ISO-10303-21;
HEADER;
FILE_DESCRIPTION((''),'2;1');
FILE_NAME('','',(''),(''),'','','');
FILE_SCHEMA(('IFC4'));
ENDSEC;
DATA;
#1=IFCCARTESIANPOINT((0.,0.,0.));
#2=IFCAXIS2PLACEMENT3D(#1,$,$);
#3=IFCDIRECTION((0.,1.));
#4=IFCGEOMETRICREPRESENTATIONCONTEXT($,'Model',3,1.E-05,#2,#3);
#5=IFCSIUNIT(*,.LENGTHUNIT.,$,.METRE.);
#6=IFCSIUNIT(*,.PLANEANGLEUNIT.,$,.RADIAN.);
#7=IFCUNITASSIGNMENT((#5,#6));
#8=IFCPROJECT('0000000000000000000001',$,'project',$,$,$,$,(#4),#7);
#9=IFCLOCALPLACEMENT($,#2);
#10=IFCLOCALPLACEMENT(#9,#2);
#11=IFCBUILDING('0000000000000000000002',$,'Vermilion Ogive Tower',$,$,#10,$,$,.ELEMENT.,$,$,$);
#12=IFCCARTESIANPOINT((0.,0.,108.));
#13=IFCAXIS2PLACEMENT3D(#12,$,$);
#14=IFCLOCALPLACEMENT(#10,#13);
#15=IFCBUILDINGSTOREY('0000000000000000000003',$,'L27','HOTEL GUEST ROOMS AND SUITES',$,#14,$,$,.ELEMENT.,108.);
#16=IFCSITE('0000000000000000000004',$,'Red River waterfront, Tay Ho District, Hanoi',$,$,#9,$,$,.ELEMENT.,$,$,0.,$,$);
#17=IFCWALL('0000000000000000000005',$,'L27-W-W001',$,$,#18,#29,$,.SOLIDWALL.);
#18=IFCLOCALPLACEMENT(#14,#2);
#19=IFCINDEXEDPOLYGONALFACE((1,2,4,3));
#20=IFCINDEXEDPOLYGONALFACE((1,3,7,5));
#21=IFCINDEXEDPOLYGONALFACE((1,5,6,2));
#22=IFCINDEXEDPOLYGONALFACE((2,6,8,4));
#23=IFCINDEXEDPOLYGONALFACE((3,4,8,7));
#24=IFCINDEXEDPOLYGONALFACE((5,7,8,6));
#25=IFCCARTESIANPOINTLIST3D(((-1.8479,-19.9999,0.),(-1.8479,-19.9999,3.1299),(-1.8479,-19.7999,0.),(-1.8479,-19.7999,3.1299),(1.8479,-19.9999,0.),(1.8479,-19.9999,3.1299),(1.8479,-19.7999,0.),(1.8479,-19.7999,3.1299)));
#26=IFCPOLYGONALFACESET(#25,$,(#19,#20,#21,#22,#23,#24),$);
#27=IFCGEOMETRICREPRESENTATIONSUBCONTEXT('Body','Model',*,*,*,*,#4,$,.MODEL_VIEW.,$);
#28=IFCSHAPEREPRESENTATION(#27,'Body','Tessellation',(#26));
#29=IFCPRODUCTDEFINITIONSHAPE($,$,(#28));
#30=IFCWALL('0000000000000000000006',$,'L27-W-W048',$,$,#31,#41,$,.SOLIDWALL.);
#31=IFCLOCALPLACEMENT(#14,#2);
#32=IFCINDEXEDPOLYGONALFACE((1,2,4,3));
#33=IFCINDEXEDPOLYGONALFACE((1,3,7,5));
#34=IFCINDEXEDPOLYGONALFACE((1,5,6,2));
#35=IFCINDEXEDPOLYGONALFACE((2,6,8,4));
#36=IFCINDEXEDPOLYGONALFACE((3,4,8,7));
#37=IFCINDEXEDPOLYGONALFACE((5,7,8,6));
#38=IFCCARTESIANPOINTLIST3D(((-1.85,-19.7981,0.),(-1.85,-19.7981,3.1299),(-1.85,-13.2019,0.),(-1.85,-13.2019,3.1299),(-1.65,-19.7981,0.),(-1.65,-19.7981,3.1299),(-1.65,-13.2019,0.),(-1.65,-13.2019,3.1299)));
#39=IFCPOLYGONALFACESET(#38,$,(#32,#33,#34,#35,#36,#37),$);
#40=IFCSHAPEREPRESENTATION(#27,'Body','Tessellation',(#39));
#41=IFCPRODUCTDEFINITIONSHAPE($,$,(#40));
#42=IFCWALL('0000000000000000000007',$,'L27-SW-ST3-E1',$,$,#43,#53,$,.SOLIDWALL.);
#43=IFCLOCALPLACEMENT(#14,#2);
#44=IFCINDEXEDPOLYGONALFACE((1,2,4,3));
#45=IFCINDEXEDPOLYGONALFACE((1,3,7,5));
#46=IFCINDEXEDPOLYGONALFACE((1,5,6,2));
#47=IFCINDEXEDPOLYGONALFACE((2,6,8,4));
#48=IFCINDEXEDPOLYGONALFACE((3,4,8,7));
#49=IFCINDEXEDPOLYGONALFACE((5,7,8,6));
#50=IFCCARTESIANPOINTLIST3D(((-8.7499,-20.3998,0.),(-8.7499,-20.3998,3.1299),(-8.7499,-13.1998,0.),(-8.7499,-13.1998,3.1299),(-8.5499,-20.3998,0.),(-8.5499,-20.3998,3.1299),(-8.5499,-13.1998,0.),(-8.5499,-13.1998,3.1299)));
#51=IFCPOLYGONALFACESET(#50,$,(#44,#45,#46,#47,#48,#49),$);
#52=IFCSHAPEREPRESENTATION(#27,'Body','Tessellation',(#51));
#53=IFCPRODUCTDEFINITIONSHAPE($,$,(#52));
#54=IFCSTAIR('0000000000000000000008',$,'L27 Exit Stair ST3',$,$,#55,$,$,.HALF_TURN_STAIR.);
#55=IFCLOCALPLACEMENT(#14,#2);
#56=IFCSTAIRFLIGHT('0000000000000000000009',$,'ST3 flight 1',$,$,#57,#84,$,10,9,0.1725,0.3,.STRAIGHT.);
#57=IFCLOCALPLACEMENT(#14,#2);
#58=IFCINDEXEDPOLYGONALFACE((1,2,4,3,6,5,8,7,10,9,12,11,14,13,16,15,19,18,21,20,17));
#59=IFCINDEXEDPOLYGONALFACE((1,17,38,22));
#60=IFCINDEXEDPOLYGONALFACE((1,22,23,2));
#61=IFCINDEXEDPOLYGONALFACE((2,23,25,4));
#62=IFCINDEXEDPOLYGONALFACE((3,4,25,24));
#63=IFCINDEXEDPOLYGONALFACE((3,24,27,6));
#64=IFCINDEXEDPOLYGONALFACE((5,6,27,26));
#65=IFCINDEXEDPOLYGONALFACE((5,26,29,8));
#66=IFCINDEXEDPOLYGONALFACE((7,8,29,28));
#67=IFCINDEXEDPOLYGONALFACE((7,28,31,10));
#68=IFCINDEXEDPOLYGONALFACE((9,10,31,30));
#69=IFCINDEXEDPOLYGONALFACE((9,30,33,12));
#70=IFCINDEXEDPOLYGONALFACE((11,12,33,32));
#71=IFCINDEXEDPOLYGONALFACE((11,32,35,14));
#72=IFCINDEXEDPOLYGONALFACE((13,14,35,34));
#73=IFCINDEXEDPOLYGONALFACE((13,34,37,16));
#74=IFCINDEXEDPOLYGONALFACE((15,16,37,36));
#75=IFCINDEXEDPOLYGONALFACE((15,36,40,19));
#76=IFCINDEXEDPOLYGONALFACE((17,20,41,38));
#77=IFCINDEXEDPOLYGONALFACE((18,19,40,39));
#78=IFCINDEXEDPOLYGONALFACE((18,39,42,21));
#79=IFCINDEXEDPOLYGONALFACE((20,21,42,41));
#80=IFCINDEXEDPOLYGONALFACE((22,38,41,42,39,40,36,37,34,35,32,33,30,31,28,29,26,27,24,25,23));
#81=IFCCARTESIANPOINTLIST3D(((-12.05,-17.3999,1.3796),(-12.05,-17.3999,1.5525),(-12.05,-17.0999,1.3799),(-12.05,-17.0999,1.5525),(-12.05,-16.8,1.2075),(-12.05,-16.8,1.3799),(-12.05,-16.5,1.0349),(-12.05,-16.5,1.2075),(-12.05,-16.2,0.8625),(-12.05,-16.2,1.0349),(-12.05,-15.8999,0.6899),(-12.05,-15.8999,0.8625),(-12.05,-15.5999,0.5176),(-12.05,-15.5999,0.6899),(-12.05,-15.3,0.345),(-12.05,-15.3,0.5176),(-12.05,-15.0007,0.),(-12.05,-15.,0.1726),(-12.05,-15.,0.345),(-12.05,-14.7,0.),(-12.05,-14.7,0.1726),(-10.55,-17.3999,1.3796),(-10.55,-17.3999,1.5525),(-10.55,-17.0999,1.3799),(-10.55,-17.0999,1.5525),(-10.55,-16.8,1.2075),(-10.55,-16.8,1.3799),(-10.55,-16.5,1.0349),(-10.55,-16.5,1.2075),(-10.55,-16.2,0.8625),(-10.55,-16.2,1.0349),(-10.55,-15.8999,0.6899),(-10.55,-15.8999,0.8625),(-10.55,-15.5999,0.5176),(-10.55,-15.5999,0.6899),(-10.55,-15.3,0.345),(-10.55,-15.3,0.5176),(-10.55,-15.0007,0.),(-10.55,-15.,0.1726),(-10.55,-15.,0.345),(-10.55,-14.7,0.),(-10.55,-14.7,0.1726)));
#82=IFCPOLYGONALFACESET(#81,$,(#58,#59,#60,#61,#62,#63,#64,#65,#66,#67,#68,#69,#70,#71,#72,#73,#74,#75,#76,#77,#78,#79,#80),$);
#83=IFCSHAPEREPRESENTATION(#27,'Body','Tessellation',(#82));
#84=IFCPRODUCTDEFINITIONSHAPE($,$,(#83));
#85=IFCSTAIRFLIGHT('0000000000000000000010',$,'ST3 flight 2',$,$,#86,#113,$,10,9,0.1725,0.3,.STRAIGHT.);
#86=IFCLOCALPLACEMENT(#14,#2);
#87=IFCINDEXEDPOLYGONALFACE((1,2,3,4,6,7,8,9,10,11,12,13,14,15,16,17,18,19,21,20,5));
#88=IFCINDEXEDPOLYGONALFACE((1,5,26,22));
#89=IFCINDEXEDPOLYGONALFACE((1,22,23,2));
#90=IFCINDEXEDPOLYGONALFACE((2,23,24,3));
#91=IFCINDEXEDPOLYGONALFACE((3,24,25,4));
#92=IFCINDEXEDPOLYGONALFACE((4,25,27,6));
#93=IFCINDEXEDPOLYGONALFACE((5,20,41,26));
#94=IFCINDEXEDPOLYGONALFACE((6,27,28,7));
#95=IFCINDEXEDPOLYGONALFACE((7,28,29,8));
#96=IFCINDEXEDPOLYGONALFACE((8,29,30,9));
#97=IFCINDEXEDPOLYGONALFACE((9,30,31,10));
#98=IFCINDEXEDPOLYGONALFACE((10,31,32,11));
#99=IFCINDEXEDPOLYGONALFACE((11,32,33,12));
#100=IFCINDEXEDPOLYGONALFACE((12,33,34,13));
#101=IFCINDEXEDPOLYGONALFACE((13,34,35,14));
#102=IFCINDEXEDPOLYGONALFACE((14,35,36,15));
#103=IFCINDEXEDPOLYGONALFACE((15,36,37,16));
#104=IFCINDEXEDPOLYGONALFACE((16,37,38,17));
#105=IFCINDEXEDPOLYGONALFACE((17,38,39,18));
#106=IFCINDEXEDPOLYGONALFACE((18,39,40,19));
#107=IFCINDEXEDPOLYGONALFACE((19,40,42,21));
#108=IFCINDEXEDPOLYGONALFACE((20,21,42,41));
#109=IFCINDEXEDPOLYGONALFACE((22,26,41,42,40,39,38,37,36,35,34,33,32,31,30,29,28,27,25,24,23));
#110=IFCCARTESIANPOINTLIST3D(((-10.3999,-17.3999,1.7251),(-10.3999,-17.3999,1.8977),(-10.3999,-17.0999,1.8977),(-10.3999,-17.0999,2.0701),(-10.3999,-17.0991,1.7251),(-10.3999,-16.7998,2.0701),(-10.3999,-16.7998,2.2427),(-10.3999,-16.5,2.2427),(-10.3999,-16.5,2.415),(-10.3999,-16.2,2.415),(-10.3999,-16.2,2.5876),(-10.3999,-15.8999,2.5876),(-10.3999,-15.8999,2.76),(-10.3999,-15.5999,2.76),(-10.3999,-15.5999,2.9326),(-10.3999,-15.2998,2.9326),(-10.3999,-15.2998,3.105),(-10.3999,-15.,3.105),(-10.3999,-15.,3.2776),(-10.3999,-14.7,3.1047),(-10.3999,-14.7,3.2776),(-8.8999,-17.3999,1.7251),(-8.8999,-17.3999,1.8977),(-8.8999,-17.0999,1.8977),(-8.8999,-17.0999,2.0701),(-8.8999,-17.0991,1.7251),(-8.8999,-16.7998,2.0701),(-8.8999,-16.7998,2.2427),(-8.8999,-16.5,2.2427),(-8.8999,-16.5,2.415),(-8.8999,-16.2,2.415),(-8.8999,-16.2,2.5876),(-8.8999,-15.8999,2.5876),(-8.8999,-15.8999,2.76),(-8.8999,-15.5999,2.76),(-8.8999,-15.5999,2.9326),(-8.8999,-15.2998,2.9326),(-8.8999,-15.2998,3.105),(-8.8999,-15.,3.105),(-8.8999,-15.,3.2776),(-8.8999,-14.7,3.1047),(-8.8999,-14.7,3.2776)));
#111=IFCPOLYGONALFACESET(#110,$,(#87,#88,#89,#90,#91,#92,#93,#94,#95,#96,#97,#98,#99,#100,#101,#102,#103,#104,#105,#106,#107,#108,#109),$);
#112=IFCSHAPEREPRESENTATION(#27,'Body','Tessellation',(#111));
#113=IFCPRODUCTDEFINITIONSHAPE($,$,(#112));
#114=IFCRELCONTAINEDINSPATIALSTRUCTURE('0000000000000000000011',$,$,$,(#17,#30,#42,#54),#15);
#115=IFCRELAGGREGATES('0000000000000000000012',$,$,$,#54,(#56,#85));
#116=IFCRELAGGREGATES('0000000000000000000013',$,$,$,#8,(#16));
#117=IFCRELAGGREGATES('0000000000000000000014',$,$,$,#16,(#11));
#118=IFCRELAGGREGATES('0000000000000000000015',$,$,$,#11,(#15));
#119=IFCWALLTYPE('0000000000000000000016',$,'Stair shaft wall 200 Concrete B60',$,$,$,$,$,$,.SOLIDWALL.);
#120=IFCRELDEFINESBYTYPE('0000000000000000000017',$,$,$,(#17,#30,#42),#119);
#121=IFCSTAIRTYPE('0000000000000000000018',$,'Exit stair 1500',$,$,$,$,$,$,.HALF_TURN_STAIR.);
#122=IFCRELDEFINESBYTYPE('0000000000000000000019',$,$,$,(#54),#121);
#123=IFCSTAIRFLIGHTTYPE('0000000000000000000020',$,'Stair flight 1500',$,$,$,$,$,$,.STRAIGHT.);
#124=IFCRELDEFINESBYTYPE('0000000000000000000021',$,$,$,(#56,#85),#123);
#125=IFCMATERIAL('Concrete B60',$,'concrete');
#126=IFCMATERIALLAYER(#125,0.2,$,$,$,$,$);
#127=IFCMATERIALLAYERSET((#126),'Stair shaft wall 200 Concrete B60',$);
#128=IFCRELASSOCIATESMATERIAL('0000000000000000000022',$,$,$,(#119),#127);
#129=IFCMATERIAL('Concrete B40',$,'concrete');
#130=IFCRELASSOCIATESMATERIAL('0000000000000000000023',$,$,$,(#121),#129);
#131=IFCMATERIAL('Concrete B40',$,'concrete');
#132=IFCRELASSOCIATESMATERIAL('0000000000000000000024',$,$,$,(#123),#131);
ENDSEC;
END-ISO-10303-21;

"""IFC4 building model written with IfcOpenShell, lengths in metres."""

from ifc_helpers import new_model, si_unit, direction, frame, frame_2d, origin, place, context, subcontext, project, spatial, polyline, rectangle, outline, extrude, material, layer, layer_set, type_object, element, aggregate, save


model = new_model("IFC4")

# Units and contexts
model_context = context("Model", 3, precision=1e-05, world=origin(), true_north=direction((0.0, 1.0)))
body_context = subcontext(model_context, "Body", "Model", "MODEL_VIEW")
ifc_project = project(units=[si_unit("LENGTHUNIT", "METRE"), si_unit("PLANEANGLEUNIT", "RADIAN")], contexts=[model_context])

# Site, building, storey
site_placement = place(None, origin())
site = spatial("IfcSite", under=ifc_project, at=site_placement, Name="Red River waterfront, Tay Ho District, Hanoi", CompositionType="ELEMENT", RefElevation=0.0)
building_placement = place(site_placement, origin())
building = spatial("IfcBuilding", under=site, at=building_placement, Name="Vermilion Ogive Tower", CompositionType="ELEMENT")
storey_placement = place(building_placement, frame((0.0, 0.0, 108.0)))
storey = spatial("IfcBuildingStorey", under=building, at=storey_placement, Name="L27", Description="HOTEL GUEST ROOMS AND SUITES", CompositionType="ELEMENT", Elevation=108.0)

# Walls
ifc_material_1 = material(Name="Concrete B60", Category="concrete")
ifc_layer_1 = layer(ifc_material_1, 0.2)
ifc_layer_set_1 = layer_set([ifc_layer_1], Name="Stair shaft wall 200 Concrete B60")
wall_type = type_object("IfcWallType", Name="Stair shaft wall 200 Concrete B60", PredefinedType="SOLIDWALL", material=ifc_layer_set_1)
wall_1_placement = place(storey_placement, frame((-1.8479, -19.8999, 0.0), z_axis=(0.0, 0.0, 1.0), x_axis=(1.0, 0.0, 0.0)))
element("IfcWall", 1, at=wall_1_placement, inside=storey, type_object=wall_type, Name="L27-W-W001", PredefinedType="SOLIDWALL", context=body_context, shape_type="SweptSolid", body=[
    extrude(rectangle(XDim=3.6958, YDim=0.2, at=frame_2d((1.8479, 0.0))), origin(), (0.0, 0.0, 1.0), 3.1299),
])
wall_2_placement = place(storey_placement, frame((-1.75, -19.7981, 0.0), z_axis=(0.0, 0.0, 1.0), x_axis=(0.0, 1.0, 0.0)))
element("IfcWall", 2, at=wall_2_placement, inside=storey, type_object=wall_type, Name="L27-W-W048", PredefinedType="SOLIDWALL", context=body_context, shape_type="SweptSolid", body=[
    extrude(rectangle(XDim=6.5962, YDim=0.2, at=frame_2d((3.2981, 0.0))), origin(), (0.0, 0.0, 1.0), 3.1299),
])
wall_3_placement = place(storey_placement, frame((-8.6499, -20.3999, 0.0), z_axis=(0.0, 0.0, 1.0), x_axis=(0.0, 1.0, 0.0)))
element("IfcWall", 3, at=wall_3_placement, inside=storey, type_object=wall_type, Name="L27-SW-ST3-E1", PredefinedType="SOLIDWALL", context=body_context, shape_type="SweptSolid", body=[
    extrude(rectangle(XDim=7.2, YDim=0.2, at=frame_2d((3.6001, 0.0))), origin(), (0.0, 0.0, 1.0), 3.1299),
])

# Stair, stair flights
ifc_material_2 = material(Name="Concrete B40", Category="concrete")
stair_type = type_object("IfcStairType", Name="Exit stair 1500", PredefinedType="HALF_TURN_STAIR", material=ifc_material_2)
stair_placement = place(storey_placement, origin())
stair = element("IfcStair", 4, at=stair_placement, inside=storey, type_object=stair_type, Name="L27 Exit Stair ST3", PredefinedType="HALF_TURN_STAIR")
ifc_material_3 = material(Name="Concrete B40", Category="concrete")
stair_flight_type = type_object("IfcStairFlightType", Name="Stair flight 1500", PredefinedType="STRAIGHT", material=ifc_material_3)
stair_flight_1_placement = place(storey_placement, frame((-11.3, -14.7, 0.0), z_axis=(0.0, 0.0, 1.0), x_axis=(0.0, -1.0, 0.0)))
stair_flight_1 = element("IfcStairFlight", 5, at=stair_flight_1_placement, type_object=stair_flight_type, Name="ST3 flight 1", NumberOfRisers=10, NumberOfTreads=9, PredefinedType="STRAIGHT", RiserHeight=0.1725, TreadLength=0.3, context=body_context, shape_type="SweptSolid", body=[
    extrude(outline(polyline([(0.0, 0.0), (0.0, 0.1726), (0.3, 0.1726), (0.3, 0.345), (0.6001, 0.345), (0.6001, 0.5176), (0.8999, 0.5176), (0.8999, 0.6899), (1.2, 0.6899), (1.2, 0.8625), (1.5, 0.8625), (1.5, 1.0349), (1.8, 1.0349), (1.8, 1.2075), (2.1001, 1.2075), (2.1001, 1.3799), (2.3999, 1.3799), (2.3999, 1.5525), (2.7, 1.5525), (2.7, 1.7251), (2.7, 1.3796), (0.3008, 0.0), (0.0, 0.0)])), frame((0.0, 0.75, 0.0), z_axis=(0.0, -1.0, 0.0), x_axis=(1.0, 0.0, 0.0)), (0.0, 0.0, 1.0), 1.5),
])
stair_flight_2_placement = place(storey_placement, frame((-9.6499, -17.3999, 1.7251), z_axis=(0.0, 0.0, 1.0), x_axis=(0.0, 1.0, 0.0)))
stair_flight_2 = element("IfcStairFlight", 6, at=stair_flight_2_placement, type_object=stair_flight_type, Name="ST3 flight 2", NumberOfRisers=10, NumberOfTreads=9, PredefinedType="STRAIGHT", RiserHeight=0.1725, TreadLength=0.3, context=body_context, shape_type="SweptSolid", body=[
    extrude(outline(polyline([(0.0, 0.0), (0.0, 0.1726), (0.3, 0.1726), (0.3, 0.345), (0.6001, 0.345), (0.6001, 0.5176), (0.8999, 0.5176), (0.8999, 0.6899), (1.2, 0.6899), (1.2, 0.8625), (1.5, 0.8625), (1.5, 1.0349), (1.8, 1.0349), (1.8, 1.2075), (2.1001, 1.2075), (2.1001, 1.3799), (2.3999, 1.3799), (2.3999, 1.5525), (2.7, 1.5525), (2.7, 1.7251), (2.7, 1.3796), (0.3008, 0.0), (0.0, 0.0)])), frame((0.0, 0.75, 0.0), z_axis=(0.0, -1.0, 0.0), x_axis=(1.0, 0.0, 0.0)), (0.0, 0.0, 1.0), 1.5),
])
aggregate(stair, [stair_flight_1, stair_flight_2])

save(model, "model.ifc")
